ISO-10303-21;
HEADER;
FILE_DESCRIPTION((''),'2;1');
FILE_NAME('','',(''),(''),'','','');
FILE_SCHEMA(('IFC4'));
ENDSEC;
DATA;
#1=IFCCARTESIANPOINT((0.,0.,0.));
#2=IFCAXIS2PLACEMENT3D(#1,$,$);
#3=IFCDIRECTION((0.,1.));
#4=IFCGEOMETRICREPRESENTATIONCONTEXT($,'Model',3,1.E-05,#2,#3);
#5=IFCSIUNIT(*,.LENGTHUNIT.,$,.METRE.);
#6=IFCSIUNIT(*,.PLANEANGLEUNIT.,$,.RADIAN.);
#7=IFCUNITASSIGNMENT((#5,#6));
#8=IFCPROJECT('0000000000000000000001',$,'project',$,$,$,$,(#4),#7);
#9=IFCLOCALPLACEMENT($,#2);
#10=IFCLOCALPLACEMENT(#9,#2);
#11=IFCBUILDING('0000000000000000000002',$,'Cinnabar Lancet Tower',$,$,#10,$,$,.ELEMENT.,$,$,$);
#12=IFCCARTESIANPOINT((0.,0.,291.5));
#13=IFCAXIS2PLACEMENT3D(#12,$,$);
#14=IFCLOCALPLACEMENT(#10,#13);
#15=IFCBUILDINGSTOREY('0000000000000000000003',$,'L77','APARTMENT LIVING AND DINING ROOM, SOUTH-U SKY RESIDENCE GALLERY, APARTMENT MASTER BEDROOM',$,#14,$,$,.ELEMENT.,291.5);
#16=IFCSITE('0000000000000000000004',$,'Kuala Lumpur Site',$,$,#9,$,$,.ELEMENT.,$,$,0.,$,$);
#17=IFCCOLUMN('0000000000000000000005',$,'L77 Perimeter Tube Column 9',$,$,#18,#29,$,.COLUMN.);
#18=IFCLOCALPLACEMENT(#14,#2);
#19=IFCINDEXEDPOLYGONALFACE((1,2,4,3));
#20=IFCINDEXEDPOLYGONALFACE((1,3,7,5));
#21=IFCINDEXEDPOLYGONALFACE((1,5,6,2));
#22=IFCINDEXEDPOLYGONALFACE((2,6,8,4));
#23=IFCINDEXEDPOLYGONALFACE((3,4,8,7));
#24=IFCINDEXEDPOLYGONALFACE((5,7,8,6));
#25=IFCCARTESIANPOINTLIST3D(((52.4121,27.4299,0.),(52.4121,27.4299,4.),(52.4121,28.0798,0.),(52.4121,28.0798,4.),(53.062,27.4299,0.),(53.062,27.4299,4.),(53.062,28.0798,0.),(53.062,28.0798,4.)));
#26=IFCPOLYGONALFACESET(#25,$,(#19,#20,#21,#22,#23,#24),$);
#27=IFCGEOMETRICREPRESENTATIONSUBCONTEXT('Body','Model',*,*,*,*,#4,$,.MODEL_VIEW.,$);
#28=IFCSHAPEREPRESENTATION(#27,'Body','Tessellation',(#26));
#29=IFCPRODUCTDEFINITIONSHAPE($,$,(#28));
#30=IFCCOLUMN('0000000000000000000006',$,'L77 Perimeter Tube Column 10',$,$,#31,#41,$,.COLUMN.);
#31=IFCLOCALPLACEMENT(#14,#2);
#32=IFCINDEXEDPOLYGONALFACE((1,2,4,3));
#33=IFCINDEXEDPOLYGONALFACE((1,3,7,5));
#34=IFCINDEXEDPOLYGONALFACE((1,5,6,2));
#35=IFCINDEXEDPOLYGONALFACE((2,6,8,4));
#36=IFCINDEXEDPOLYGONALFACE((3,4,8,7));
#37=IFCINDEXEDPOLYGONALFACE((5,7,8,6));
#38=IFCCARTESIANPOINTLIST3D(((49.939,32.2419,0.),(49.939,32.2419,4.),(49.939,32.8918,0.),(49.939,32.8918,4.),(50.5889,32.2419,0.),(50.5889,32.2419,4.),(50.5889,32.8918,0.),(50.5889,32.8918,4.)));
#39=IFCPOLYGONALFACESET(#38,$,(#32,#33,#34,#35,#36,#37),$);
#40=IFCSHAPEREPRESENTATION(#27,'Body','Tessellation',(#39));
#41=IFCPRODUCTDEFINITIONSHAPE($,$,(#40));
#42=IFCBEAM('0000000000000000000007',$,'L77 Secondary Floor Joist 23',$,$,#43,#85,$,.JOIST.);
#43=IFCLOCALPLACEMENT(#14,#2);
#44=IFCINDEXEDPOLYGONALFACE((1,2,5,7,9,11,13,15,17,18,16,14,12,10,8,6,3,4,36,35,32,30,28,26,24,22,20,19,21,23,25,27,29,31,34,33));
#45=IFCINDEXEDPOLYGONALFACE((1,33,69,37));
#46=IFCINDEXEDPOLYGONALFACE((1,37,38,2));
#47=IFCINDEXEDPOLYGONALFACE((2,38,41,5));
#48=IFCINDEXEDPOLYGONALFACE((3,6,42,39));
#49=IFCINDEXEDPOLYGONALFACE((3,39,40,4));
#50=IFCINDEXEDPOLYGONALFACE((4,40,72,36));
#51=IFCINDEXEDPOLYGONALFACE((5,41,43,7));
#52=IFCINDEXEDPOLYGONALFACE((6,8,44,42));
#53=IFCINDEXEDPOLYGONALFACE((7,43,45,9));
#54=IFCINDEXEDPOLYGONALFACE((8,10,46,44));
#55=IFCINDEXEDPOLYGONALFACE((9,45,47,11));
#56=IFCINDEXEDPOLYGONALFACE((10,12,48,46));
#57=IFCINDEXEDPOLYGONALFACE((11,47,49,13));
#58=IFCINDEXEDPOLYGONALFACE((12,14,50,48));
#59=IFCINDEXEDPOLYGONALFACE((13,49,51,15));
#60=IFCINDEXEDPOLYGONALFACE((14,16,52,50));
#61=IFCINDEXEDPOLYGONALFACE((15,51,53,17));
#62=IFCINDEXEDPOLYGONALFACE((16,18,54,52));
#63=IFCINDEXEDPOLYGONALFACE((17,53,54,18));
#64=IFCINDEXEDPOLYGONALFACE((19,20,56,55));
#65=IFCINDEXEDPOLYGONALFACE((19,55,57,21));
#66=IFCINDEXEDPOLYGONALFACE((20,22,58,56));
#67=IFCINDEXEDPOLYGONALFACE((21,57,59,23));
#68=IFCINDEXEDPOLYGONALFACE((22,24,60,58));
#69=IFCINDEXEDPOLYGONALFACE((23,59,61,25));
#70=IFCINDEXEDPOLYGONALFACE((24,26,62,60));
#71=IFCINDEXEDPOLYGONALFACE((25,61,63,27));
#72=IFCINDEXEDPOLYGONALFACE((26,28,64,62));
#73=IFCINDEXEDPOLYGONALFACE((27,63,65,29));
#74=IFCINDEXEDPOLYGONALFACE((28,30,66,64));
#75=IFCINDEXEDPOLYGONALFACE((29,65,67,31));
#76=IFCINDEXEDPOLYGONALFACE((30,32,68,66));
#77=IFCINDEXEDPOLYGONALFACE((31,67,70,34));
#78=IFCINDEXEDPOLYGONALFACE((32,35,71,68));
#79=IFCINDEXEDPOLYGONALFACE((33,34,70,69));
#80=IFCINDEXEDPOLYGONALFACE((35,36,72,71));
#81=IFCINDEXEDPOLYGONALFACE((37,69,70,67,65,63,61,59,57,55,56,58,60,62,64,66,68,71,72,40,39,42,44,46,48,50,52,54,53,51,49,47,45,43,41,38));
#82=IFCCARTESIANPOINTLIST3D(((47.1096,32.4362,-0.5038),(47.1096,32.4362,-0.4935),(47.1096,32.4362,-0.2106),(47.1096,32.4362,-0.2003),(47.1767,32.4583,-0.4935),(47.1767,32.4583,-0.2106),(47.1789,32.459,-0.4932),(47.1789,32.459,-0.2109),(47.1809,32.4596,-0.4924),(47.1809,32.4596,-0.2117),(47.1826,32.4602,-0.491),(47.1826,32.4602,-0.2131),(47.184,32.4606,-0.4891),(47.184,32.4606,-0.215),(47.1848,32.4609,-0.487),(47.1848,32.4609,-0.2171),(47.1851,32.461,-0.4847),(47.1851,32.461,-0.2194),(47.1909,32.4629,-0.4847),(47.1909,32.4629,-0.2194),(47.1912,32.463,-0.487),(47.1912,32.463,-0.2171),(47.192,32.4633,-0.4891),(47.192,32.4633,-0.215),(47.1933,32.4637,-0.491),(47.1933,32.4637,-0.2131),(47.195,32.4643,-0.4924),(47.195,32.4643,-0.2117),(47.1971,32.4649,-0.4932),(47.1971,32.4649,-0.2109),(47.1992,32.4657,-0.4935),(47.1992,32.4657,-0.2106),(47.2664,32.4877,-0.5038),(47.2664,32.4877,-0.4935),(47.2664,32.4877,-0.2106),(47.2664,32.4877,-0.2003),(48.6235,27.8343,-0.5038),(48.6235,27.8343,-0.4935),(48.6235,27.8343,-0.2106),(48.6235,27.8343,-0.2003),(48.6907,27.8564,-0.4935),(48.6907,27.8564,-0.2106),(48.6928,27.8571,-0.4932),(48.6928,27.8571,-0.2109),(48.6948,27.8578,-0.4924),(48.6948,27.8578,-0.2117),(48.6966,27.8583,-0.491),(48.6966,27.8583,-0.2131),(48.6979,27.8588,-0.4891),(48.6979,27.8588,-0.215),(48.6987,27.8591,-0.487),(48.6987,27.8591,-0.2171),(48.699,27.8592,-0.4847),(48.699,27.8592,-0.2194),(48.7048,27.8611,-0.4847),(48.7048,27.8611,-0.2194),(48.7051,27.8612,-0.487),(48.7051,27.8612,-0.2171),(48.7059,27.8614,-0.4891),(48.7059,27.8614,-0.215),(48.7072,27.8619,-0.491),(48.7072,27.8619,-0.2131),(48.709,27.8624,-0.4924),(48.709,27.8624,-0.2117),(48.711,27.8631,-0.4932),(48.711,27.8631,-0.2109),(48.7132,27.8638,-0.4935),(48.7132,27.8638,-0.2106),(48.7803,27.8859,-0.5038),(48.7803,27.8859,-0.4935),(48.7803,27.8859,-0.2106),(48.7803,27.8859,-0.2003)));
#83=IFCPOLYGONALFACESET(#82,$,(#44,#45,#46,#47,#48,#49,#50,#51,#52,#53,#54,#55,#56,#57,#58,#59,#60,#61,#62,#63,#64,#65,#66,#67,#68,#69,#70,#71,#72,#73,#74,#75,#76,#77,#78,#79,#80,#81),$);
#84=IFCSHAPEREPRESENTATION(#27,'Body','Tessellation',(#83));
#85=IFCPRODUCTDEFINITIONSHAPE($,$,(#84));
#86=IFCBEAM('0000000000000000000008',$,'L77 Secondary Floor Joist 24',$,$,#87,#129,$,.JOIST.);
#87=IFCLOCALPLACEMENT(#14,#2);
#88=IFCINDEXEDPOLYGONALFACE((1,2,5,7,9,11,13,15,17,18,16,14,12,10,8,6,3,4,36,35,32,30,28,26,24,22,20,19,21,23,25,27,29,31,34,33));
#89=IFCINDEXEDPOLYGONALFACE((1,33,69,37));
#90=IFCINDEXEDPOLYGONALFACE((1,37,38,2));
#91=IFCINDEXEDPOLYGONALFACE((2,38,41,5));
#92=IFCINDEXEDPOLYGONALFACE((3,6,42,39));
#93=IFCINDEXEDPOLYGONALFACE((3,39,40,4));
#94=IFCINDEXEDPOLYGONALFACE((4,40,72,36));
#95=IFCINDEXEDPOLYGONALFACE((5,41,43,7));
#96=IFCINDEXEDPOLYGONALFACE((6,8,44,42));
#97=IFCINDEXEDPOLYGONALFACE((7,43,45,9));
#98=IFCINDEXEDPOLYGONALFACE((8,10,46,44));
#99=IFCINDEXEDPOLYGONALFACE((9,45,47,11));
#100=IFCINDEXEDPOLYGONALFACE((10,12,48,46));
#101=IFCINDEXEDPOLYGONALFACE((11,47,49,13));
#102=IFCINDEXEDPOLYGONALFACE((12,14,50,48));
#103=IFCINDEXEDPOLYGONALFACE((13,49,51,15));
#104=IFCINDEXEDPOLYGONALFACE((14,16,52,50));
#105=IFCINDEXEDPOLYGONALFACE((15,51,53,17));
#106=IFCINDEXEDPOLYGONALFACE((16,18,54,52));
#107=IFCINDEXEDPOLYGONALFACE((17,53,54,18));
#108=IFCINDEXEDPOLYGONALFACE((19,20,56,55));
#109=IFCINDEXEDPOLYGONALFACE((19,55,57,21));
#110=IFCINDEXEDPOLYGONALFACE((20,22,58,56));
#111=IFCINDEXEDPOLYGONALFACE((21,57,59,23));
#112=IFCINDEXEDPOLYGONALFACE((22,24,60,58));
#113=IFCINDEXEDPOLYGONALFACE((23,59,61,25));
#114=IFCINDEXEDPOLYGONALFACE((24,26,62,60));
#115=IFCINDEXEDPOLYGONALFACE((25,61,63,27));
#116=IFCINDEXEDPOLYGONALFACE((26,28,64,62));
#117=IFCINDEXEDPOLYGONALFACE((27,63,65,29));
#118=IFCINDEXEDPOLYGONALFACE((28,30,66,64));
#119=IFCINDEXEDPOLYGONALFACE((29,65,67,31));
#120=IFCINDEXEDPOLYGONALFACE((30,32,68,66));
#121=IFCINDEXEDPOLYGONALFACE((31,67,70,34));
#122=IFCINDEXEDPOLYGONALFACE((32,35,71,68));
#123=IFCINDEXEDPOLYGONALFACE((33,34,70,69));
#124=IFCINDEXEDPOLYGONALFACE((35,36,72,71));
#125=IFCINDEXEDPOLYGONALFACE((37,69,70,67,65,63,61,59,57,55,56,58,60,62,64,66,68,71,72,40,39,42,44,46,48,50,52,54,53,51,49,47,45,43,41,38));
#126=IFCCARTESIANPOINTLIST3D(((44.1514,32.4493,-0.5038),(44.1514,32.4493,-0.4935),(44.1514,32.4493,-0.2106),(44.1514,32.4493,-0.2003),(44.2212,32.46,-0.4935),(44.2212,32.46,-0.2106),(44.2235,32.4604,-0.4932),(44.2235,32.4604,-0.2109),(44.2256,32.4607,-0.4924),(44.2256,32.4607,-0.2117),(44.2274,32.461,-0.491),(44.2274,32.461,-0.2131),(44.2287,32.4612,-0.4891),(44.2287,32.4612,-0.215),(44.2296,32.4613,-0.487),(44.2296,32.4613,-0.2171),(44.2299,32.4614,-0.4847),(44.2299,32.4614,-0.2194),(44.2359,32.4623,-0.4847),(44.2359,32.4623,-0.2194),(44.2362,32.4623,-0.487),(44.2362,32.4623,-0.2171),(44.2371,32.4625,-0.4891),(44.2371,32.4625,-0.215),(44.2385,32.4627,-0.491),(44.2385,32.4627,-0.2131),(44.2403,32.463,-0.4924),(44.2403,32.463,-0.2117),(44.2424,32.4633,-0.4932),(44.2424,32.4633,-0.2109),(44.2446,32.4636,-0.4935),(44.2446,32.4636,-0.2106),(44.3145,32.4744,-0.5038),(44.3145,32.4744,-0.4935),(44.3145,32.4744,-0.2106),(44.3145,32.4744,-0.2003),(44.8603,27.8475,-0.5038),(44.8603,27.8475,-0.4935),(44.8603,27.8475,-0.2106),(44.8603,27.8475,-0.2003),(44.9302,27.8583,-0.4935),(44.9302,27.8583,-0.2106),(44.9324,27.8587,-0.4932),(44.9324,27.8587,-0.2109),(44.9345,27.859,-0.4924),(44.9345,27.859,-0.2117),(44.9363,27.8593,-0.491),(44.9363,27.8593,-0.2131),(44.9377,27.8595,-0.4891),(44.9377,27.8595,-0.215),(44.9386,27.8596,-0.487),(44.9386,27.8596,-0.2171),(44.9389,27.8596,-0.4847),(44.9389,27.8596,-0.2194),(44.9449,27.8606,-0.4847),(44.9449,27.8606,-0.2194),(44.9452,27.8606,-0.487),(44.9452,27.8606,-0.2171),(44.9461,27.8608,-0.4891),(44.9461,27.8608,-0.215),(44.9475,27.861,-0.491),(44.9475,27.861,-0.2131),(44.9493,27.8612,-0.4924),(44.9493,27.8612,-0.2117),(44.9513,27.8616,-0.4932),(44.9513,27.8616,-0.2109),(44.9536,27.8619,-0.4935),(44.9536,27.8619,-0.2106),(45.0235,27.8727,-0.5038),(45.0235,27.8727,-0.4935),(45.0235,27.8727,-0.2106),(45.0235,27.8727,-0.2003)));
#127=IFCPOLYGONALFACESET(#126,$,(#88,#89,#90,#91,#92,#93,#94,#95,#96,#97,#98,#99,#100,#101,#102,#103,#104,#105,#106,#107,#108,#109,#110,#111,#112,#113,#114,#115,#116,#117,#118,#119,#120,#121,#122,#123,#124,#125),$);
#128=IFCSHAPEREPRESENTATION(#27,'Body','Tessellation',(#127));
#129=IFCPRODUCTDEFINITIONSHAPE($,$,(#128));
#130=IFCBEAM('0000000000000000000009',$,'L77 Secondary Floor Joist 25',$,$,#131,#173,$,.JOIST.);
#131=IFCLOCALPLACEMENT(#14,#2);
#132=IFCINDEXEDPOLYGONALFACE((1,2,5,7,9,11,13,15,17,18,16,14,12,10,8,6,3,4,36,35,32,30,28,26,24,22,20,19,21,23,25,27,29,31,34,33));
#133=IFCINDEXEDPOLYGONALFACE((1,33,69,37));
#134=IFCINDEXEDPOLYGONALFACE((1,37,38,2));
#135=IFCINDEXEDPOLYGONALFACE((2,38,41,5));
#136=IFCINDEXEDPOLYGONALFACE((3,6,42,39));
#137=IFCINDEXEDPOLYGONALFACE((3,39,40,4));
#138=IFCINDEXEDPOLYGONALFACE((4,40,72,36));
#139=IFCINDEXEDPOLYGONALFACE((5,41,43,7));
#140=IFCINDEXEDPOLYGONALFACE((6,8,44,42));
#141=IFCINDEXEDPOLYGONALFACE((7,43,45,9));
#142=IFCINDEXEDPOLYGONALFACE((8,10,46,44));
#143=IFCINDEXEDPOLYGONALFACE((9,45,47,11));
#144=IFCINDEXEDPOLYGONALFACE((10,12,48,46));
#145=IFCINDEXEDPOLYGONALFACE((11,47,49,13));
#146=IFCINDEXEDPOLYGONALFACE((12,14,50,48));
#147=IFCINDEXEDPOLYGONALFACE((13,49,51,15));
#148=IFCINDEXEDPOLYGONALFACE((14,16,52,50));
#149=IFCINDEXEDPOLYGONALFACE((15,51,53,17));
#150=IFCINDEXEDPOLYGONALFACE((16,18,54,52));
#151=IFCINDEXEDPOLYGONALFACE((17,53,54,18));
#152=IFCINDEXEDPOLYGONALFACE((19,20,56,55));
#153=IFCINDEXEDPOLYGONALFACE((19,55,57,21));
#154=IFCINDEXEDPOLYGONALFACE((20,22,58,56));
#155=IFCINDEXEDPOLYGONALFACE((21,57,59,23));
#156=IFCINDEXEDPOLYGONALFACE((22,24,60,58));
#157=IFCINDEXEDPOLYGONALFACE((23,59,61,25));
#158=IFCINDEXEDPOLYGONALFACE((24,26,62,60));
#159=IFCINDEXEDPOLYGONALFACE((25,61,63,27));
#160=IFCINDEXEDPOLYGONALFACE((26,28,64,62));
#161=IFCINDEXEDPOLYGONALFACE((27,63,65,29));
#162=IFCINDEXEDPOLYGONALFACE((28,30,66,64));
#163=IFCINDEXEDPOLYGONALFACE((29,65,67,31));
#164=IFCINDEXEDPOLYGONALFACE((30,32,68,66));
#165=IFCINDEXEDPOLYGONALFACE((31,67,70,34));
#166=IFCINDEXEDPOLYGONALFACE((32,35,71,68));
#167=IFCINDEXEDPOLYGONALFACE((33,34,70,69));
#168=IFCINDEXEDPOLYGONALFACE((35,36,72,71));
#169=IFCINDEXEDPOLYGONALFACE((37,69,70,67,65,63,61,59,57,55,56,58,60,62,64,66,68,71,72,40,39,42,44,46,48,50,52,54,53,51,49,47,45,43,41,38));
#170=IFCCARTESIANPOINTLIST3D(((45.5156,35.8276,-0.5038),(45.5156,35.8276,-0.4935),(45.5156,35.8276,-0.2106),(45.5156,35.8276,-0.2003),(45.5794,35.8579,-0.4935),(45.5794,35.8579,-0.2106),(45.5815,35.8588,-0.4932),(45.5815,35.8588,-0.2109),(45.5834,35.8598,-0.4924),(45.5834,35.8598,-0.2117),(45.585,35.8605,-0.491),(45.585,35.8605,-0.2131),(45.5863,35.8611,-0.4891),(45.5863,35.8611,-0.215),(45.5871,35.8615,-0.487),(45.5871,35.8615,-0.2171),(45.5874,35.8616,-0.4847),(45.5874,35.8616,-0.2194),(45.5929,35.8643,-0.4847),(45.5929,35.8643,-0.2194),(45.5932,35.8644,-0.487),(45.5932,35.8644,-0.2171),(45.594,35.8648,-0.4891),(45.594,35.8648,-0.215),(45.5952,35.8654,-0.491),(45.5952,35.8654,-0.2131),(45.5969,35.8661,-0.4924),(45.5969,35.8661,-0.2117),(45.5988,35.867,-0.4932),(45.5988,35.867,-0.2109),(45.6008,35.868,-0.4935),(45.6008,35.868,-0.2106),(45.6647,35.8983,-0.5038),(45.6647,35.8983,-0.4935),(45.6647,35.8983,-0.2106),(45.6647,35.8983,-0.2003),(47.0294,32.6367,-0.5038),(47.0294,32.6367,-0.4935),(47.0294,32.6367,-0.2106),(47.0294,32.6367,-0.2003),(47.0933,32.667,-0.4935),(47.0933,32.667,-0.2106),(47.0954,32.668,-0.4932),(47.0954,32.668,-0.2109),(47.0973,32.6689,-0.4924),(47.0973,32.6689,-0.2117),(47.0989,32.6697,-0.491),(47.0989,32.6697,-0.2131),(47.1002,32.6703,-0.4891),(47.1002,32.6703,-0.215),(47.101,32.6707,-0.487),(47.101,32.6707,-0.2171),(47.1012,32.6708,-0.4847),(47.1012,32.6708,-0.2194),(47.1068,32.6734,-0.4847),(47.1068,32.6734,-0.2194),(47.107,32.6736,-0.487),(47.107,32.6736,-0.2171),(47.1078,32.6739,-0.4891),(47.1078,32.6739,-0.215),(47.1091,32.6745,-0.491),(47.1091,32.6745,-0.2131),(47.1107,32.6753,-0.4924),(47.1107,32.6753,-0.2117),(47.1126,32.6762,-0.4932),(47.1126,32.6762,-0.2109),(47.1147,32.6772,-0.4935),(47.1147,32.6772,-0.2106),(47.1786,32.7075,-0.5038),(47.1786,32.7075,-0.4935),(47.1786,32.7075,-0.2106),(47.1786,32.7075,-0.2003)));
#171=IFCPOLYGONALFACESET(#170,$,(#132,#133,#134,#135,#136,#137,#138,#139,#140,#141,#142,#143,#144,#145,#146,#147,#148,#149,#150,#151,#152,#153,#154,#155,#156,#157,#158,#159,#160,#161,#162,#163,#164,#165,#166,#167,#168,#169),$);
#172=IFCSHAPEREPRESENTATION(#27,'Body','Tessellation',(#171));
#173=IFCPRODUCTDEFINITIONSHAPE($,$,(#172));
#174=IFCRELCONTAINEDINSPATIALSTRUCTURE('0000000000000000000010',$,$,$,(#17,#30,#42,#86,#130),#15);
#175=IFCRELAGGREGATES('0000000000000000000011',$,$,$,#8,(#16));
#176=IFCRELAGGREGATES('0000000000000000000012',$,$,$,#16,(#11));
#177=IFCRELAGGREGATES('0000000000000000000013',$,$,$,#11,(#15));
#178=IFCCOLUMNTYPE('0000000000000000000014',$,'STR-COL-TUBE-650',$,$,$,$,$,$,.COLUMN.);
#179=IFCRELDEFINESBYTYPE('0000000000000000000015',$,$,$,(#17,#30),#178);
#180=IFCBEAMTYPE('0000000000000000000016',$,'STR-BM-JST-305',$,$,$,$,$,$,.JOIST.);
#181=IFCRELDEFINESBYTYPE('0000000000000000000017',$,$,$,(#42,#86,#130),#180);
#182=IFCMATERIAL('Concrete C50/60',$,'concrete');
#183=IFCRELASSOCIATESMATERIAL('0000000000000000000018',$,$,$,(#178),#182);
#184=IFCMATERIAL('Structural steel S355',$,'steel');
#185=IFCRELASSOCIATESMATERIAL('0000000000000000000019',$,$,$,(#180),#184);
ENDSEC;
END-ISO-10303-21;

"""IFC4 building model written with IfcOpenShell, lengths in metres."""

from ifc_helpers import new_model, si_unit, direction, frame, origin, origin_2d, place, context, subcontext, project, spatial, rectangle, i_section, extrude, material, material_profile, profile_set, type_object, element, save


model = new_model("IFC4")

# Units and contexts
model_context = context("Model", 3, precision=1e-05, world=origin(), true_north=direction((0.0, 1.0)))
body_context = subcontext(model_context, "Body", "Model", "MODEL_VIEW")
ifc_project = project(units=[si_unit("LENGTHUNIT", "METRE"), si_unit("PLANEANGLEUNIT", "RADIAN")], contexts=[model_context])

# Site, building, storey
site_placement = place(None, origin())
site = spatial("IfcSite", under=ifc_project, at=site_placement, Name="Kuala Lumpur Site", CompositionType="ELEMENT", RefElevation=0.0)
building_placement = place(site_placement, origin())
building = spatial("IfcBuilding", under=site, at=building_placement, Name="Cinnabar Lancet Tower", CompositionType="ELEMENT")
storey_placement = place(building_placement, frame((0.0, 0.0, 291.5)))
storey = spatial("IfcBuildingStorey", under=building, at=storey_placement, Name="L77", Description="APARTMENT LIVING AND DINING ROOM, SOUTH-U SKY RESIDENCE GALLERY, APARTMENT MASTER BEDROOM", CompositionType="ELEMENT", Elevation=291.5)

# Columns
ifc_material_1 = material(Name="Concrete C50/60", Category="concrete")
ifc_material_profile_1 = material_profile(ifc_material_1, rectangle(XDim=0.6499, YDim=0.6499, at=origin_2d()), Name="RC-COL 650x650")
ifc_profile_set_1 = profile_set([ifc_material_profile_1], Name="Concrete C50/60")
column_type = type_object("IfcColumnType", Name="STR-COL-TUBE-650", PredefinedType="COLUMN", material=ifc_profile_set_1)
for number, where, z_axis, x_axis, name in (
    (1, (52.7371, 27.7549, 0.0), (0.0, 0.0, 1.0), (1.0, 0.0, 0.0), "L77 Perimeter Tube Column 9"),
    (2, (50.2639, 32.5669, 0.0), (0.0, 0.0, 1.0), (1.0, 0.0, 0.0), "L77 Perimeter Tube Column 10"),
):
    element("IfcColumn", number, at=place(storey_placement, frame(where, z_axis=z_axis, x_axis=x_axis)), inside=storey, type_object=column_type, Name=name, PredefinedType="COLUMN", context=body_context, shape_type="SweptSolid", body=[
        extrude(rectangle(XDim=0.6499, YDim=0.6499, at=origin_2d()), origin(), (0.0, 0.0, 1.0), 4.0),
    ])

# Beams
ifc_material_2 = material(Name="Structural steel S355", Category="steel")
ifc_material_profile_2 = material_profile(ifc_material_2, i_section(OverallWidth=0.165, OverallDepth=0.3035, WebThickness=0.0061, FlangeThickness=0.0103, FilletRadius=0.0088, at=origin_2d()), Name="UKB 305x165x40")
ifc_profile_set_2 = profile_set([ifc_material_profile_2], Name="Structural steel S355")
beam_type_1 = type_object("IfcBeamType", Name="STR-BM-JST-305", PredefinedType="JOIST", material=ifc_profile_set_2)
beam_1_placement = place(storey_placement, frame((48.7019, 27.8601, -0.3521), z_axis=(-0.312506, 0.949916, 0.0), x_axis=(-0.949916, -0.312506, 0.0)))
element("IfcBeam", 3, at=beam_1_placement, inside=storey, type_object=beam_type_1, Name="L77 Secondary Floor Joist 23", PredefinedType="JOIST", context=body_context, shape_type="SweptSolid", body=[
    extrude(i_section(OverallWidth=0.165, OverallDepth=0.3035, WebThickness=0.0061, FlangeThickness=0.0103, FilletRadius=0.0088, at=origin_2d()), origin(), (0.0, 0.0, 1.0), 4.8445),
])
beam_2_placement = place(storey_placement, frame((44.9419, 27.8601, -0.3521), z_axis=(-0.15227, 0.988339, 0.0), x_axis=(-0.988339, -0.15227, 0.0)))
element("IfcBeam", 4, at=beam_2_placement, inside=storey, type_object=beam_type_1, Name="L77 Secondary Floor Joist 24", PredefinedType="JOIST", context=body_context, shape_type="SweptSolid", body=[
    extrude(i_section(OverallWidth=0.165, OverallDepth=0.3035, WebThickness=0.0061, FlangeThickness=0.0103, FilletRadius=0.0088, at=origin_2d()), origin(), (0.0, 0.0, 1.0), 4.656),
])
beam_3_placement = place(storey_placement, frame((47.104, 32.6721, -0.3521), z_axis=(-0.428648, 0.903472, 0.0), x_axis=(-0.903472, -0.428648, 0.0)))
element("IfcBeam", 5, at=beam_3_placement, inside=storey, type_object=beam_type_1, Name="L77 Secondary Floor Joist 25", PredefinedType="JOIST", context=body_context, shape_type="SweptSolid", body=[
    extrude(i_section(OverallWidth=0.165, OverallDepth=0.3035, WebThickness=0.0061, FlangeThickness=0.0103, FilletRadius=0.0088, at=origin_2d()), origin(), (0.0, 0.0, 1.0), 3.5317),
])

save(model, "model.ifc")
